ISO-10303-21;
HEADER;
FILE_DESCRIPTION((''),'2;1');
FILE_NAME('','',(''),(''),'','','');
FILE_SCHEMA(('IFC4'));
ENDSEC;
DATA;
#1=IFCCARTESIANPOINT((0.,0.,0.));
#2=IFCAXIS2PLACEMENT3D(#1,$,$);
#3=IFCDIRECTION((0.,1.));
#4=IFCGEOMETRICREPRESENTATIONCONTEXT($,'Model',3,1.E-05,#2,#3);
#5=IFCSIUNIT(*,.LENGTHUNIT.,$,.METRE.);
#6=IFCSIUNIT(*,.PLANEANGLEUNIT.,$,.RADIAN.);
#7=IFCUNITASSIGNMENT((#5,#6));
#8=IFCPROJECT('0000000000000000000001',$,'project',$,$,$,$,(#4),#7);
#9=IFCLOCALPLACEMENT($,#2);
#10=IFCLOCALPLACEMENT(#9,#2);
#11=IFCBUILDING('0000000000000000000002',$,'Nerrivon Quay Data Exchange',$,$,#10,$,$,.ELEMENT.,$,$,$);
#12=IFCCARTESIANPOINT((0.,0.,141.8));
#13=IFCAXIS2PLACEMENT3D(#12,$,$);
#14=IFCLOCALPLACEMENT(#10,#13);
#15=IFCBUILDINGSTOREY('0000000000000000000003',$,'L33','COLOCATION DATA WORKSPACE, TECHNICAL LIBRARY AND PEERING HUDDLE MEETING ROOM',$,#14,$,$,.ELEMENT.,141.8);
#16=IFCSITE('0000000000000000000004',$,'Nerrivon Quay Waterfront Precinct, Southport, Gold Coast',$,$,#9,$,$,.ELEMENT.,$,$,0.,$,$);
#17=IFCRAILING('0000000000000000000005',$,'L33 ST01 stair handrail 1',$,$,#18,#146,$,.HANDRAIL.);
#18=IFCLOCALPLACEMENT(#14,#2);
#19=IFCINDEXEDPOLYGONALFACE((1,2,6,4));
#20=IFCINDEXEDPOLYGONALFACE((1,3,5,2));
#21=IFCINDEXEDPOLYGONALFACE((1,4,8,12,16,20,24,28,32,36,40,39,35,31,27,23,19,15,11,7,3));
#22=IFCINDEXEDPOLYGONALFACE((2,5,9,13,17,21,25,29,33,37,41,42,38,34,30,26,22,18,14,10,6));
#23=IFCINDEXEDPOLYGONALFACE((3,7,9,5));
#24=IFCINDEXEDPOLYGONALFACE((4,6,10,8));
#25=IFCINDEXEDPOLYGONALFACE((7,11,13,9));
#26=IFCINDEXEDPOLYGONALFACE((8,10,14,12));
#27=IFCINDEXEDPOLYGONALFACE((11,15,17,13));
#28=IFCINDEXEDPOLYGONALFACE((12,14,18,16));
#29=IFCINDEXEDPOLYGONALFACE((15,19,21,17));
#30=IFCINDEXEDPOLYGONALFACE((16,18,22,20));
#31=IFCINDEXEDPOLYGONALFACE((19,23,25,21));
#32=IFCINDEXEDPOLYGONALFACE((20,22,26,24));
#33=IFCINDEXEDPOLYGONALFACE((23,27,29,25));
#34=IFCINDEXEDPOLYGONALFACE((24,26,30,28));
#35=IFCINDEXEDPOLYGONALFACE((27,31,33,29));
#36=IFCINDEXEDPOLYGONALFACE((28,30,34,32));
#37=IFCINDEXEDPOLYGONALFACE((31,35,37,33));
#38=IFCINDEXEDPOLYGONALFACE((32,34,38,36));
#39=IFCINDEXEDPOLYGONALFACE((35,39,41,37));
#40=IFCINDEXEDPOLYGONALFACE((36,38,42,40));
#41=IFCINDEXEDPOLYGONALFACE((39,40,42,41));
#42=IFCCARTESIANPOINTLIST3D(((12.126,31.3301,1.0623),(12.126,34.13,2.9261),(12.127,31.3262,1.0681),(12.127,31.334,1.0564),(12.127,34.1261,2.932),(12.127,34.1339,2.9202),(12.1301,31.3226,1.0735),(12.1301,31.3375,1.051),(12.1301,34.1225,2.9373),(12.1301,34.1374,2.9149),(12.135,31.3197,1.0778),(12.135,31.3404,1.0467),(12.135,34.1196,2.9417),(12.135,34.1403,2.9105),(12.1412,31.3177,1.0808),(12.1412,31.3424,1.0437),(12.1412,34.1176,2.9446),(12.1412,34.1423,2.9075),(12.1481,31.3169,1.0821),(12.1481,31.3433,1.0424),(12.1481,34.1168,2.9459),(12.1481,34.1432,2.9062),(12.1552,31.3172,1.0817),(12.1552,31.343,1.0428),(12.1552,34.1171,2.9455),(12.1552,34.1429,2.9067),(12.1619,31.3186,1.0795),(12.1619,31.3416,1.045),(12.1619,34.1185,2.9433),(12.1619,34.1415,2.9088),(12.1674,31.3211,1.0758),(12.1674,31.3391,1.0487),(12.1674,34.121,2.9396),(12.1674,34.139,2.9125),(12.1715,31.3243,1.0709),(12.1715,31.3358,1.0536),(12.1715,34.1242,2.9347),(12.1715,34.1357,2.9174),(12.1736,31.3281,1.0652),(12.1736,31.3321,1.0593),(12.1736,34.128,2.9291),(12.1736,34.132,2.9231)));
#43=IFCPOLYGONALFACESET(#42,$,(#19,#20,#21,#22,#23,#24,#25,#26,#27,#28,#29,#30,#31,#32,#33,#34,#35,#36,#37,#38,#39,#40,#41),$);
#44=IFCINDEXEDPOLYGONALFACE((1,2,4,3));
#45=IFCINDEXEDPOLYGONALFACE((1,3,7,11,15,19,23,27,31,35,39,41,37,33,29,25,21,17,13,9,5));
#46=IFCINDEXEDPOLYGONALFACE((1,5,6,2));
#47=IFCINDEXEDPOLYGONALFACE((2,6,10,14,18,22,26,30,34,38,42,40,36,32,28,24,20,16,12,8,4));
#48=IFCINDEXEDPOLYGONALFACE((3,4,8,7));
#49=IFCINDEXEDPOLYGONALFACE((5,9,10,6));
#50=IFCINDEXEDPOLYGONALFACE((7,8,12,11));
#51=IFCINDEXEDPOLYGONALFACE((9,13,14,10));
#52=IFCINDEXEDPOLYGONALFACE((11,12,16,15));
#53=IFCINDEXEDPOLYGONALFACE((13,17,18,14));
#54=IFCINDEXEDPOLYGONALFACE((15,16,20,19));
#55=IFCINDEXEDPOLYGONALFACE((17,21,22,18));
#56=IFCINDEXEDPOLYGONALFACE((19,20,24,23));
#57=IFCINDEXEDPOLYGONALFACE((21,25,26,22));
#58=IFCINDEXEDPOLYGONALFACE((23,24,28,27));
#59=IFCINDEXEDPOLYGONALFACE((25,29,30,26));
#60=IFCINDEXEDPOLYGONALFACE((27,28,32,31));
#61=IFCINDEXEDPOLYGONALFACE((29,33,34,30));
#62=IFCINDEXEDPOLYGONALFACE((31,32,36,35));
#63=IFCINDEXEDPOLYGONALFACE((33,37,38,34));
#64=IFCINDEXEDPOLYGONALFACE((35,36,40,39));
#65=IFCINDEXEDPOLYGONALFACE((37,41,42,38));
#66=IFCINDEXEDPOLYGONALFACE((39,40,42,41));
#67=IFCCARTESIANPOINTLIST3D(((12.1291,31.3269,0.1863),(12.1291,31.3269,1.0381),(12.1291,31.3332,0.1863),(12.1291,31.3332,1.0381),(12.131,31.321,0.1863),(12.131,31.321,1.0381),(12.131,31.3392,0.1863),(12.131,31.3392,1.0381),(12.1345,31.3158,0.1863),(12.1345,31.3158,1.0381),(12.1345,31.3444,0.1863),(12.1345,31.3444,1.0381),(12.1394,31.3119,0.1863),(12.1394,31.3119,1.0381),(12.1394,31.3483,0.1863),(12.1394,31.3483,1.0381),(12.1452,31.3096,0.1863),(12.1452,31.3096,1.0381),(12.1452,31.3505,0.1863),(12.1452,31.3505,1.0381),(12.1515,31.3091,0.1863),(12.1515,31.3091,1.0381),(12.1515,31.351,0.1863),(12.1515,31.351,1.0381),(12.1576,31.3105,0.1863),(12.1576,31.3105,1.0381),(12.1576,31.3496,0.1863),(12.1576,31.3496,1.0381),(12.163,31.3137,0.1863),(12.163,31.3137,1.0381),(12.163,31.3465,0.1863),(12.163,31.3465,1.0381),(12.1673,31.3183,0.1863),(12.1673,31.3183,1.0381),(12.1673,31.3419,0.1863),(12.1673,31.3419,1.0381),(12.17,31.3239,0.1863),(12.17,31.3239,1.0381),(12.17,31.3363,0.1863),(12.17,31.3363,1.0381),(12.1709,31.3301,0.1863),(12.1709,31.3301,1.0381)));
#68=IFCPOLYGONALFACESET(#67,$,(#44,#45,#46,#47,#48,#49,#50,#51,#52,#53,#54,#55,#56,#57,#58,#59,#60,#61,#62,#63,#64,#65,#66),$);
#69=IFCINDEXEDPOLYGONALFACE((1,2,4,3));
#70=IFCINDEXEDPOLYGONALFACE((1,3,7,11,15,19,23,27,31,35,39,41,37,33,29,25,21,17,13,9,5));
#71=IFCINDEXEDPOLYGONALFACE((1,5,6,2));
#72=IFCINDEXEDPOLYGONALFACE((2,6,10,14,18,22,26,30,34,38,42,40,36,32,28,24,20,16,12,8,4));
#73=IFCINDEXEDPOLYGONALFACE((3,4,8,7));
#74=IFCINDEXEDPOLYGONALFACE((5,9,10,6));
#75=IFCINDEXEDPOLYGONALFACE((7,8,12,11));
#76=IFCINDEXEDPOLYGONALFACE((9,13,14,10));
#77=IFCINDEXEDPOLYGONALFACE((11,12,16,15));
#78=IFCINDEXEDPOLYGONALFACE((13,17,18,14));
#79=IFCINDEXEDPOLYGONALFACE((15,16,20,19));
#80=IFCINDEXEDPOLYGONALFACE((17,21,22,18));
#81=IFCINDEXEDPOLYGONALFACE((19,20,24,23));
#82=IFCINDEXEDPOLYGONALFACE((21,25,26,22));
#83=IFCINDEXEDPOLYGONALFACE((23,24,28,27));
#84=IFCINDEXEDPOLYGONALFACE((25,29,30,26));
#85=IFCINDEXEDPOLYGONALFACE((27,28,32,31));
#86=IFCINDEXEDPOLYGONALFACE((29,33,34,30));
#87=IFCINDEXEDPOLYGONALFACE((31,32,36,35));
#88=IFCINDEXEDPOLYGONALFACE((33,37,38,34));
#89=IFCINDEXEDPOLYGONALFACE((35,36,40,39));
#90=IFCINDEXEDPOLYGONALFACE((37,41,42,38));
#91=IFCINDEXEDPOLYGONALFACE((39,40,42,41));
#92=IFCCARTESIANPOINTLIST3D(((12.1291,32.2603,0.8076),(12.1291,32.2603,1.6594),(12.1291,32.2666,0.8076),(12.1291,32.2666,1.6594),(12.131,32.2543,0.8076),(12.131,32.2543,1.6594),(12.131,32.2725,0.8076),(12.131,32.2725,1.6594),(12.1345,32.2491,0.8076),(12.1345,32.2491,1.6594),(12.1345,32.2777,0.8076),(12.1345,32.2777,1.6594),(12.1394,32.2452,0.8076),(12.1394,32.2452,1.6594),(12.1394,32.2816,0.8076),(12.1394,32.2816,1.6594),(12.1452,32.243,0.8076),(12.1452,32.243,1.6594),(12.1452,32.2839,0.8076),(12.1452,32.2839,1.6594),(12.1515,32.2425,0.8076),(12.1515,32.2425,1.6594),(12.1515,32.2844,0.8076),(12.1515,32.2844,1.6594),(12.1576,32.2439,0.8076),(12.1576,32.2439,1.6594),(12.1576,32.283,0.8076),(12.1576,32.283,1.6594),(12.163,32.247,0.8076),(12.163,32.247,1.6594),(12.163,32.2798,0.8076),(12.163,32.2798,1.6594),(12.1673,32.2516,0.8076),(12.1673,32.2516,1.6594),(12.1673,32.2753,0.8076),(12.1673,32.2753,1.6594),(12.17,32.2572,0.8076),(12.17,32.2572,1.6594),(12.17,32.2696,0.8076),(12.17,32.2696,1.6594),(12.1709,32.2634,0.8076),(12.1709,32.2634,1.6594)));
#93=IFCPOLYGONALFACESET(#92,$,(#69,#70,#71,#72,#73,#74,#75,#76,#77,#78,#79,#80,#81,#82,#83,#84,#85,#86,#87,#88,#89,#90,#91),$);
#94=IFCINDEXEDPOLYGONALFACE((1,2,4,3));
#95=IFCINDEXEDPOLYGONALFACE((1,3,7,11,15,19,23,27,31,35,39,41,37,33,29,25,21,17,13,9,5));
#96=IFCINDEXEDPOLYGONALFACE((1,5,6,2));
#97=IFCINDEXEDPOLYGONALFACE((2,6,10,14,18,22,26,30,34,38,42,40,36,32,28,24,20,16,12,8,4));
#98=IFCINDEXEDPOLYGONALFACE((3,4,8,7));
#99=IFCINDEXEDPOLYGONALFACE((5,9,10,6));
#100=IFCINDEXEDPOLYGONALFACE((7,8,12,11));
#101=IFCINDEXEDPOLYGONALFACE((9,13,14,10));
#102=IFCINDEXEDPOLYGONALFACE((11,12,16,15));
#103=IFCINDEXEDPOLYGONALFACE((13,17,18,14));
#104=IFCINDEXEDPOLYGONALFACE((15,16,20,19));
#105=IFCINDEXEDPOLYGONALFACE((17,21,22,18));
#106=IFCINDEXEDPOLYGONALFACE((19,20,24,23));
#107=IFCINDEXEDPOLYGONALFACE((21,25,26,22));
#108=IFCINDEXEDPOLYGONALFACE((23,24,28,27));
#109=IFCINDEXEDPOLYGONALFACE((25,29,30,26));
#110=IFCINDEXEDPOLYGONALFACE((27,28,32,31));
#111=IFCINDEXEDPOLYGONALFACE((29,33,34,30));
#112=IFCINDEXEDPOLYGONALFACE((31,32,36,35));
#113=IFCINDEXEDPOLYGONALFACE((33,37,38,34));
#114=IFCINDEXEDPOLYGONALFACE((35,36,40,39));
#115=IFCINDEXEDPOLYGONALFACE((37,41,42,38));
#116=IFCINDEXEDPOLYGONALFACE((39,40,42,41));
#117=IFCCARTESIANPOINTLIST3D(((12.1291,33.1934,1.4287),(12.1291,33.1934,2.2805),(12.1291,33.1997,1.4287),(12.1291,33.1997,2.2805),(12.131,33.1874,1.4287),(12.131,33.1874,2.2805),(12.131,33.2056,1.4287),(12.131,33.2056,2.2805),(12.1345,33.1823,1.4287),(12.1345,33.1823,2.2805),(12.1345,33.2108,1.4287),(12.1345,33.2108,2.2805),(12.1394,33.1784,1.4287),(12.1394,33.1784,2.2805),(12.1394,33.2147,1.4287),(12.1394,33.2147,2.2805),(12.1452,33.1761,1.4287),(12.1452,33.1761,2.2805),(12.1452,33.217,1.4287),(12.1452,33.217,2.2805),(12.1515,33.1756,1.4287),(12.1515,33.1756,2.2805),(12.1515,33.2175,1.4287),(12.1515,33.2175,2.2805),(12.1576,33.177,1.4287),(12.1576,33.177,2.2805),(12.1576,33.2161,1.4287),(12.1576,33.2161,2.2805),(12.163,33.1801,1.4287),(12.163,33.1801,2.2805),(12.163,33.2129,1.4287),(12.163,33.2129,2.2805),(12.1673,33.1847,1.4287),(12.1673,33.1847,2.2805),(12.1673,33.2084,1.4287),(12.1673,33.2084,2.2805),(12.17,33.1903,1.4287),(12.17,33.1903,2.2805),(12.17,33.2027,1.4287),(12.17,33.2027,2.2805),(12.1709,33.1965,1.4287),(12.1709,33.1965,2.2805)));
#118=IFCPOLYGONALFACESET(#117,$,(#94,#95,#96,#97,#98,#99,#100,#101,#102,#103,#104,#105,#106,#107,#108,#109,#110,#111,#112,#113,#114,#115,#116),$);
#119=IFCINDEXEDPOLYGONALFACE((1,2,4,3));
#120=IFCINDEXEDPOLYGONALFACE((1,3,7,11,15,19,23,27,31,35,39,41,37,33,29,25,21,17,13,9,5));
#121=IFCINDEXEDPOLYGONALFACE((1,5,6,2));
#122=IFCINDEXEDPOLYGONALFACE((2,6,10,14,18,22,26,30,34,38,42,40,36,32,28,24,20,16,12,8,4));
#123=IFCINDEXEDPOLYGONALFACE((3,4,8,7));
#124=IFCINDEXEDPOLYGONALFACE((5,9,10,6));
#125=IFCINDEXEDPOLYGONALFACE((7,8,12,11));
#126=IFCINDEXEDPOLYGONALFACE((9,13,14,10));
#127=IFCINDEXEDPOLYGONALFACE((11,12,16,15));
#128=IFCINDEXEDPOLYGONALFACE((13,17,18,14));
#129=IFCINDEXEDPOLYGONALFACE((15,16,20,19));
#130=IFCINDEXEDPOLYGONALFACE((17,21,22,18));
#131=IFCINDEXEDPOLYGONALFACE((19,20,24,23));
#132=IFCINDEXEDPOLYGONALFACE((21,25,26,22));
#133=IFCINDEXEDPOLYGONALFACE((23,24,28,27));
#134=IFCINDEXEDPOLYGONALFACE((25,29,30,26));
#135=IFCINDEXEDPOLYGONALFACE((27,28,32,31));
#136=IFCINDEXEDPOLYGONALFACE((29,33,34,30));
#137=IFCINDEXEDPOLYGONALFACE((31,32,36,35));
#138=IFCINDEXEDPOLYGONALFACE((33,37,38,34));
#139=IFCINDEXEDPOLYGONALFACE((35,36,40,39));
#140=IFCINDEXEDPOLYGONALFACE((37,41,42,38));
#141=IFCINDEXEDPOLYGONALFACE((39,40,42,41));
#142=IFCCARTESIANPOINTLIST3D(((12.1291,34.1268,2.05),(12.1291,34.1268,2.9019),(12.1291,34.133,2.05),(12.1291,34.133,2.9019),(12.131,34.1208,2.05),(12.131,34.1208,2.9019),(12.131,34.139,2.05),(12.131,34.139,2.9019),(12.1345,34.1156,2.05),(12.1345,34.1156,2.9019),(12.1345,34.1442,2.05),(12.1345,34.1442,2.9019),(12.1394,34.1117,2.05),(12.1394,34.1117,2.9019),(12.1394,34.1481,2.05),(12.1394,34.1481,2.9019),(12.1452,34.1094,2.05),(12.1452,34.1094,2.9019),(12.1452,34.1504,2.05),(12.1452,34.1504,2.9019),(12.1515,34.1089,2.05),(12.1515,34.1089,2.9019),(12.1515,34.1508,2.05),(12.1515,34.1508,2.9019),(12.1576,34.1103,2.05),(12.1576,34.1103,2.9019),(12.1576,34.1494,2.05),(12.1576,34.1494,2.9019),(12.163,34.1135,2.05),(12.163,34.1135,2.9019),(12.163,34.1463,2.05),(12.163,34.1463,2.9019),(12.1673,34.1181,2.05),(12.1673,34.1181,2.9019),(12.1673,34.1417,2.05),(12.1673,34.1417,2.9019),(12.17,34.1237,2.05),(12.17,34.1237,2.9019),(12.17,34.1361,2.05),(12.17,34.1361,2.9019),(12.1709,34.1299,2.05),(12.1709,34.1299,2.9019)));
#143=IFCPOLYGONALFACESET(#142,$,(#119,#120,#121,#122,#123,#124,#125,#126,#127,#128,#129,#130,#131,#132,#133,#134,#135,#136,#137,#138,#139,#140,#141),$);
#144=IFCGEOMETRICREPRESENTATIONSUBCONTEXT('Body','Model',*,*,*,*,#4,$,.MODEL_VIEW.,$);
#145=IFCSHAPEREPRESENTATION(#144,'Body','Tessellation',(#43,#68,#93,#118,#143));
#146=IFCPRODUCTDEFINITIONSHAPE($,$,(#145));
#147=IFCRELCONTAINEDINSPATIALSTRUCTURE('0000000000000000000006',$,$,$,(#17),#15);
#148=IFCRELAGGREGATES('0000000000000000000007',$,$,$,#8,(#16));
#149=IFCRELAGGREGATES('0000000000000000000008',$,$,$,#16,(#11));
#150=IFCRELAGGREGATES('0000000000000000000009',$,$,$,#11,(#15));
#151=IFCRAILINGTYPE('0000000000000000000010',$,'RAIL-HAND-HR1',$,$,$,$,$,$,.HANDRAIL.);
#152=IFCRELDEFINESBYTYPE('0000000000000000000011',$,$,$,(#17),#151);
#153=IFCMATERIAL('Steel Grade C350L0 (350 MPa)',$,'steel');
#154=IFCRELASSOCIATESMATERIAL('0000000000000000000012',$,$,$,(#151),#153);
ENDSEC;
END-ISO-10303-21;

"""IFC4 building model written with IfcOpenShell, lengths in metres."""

from ifc_helpers import new_model, si_unit, direction, frame, origin, origin_2d, place, context, subcontext, project, spatial, circle, extrude, material, type_object, element, save


model = new_model("IFC4")

# Units and contexts
model_context = context("Model", 3, precision=1e-05, world=origin(), true_north=direction((0.0, 1.0)))
body_context = subcontext(model_context, "Body", "Model", "MODEL_VIEW")
ifc_project = project(units=[si_unit("LENGTHUNIT", "METRE"), si_unit("PLANEANGLEUNIT", "RADIAN")], contexts=[model_context])

# Site, building, storey
site_placement = place(None, origin())
site = spatial("IfcSite", under=ifc_project, at=site_placement, Name="Nerrivon Quay Waterfront Precinct, Southport, Gold Coast", CompositionType="ELEMENT", RefElevation=0.0)
building_placement = place(site_placement, origin())
building = spatial("IfcBuilding", under=site, at=building_placement, Name="Nerrivon Quay Data Exchange", CompositionType="ELEMENT")
storey_placement = place(building_placement, frame((0.0, 0.0, 141.8)))
storey = spatial("IfcBuildingStorey", under=building, at=storey_placement, Name="L33", Description="COLOCATION DATA WORKSPACE, TECHNICAL LIBRARY AND PEERING HUDDLE MEETING ROOM", CompositionType="ELEMENT", Elevation=141.8)

# Railing
ifc_material_1 = material(Name="Steel Grade C350L0 (350 MPa)", Category="steel")
railing_type_1 = type_object("IfcRailingType", Name="RAIL-HAND-HR1", PredefinedType="HANDRAIL", material=ifc_material_1)
railing_1_placement = place(storey_placement, frame((12.1499, 31.3301, 0.1863)))
element("IfcRailing", 1, at=railing_1_placement, inside=storey, type_object=railing_type_1, Name="L33 ST01 stair handrail 1", PredefinedType="HANDRAIL", context=body_context, shape_type="SweptSolid", body=[
    extrude(circle(Radius=0.0239, at=origin_2d()), frame((0.0, 0.0, 0.876), z_axis=(0.0, 0.83243, 0.554131), x_axis=(-1.0, 0.0, 0.0)), (0.0, 0.0, 1.0), 3.3635),
    extrude(circle(Radius=0.021, at=origin_2d()), origin(), (0.0, 0.0, 1.0), 0.8518),
    extrude(circle(Radius=0.021, at=origin_2d()), frame((0.0, 0.9333, 0.6213)), (0.0, 0.0, 1.0), 0.8518),
    extrude(circle(Radius=0.021, at=origin_2d()), frame((0.0, 1.8665, 1.2424)), (0.0, 0.0, 1.0), 0.8518),
    extrude(circle(Radius=0.021, at=origin_2d()), frame((0.0, 2.7998, 1.8638)), (0.0, 0.0, 1.0), 0.8518),
])

save(model, "model.ifc")
